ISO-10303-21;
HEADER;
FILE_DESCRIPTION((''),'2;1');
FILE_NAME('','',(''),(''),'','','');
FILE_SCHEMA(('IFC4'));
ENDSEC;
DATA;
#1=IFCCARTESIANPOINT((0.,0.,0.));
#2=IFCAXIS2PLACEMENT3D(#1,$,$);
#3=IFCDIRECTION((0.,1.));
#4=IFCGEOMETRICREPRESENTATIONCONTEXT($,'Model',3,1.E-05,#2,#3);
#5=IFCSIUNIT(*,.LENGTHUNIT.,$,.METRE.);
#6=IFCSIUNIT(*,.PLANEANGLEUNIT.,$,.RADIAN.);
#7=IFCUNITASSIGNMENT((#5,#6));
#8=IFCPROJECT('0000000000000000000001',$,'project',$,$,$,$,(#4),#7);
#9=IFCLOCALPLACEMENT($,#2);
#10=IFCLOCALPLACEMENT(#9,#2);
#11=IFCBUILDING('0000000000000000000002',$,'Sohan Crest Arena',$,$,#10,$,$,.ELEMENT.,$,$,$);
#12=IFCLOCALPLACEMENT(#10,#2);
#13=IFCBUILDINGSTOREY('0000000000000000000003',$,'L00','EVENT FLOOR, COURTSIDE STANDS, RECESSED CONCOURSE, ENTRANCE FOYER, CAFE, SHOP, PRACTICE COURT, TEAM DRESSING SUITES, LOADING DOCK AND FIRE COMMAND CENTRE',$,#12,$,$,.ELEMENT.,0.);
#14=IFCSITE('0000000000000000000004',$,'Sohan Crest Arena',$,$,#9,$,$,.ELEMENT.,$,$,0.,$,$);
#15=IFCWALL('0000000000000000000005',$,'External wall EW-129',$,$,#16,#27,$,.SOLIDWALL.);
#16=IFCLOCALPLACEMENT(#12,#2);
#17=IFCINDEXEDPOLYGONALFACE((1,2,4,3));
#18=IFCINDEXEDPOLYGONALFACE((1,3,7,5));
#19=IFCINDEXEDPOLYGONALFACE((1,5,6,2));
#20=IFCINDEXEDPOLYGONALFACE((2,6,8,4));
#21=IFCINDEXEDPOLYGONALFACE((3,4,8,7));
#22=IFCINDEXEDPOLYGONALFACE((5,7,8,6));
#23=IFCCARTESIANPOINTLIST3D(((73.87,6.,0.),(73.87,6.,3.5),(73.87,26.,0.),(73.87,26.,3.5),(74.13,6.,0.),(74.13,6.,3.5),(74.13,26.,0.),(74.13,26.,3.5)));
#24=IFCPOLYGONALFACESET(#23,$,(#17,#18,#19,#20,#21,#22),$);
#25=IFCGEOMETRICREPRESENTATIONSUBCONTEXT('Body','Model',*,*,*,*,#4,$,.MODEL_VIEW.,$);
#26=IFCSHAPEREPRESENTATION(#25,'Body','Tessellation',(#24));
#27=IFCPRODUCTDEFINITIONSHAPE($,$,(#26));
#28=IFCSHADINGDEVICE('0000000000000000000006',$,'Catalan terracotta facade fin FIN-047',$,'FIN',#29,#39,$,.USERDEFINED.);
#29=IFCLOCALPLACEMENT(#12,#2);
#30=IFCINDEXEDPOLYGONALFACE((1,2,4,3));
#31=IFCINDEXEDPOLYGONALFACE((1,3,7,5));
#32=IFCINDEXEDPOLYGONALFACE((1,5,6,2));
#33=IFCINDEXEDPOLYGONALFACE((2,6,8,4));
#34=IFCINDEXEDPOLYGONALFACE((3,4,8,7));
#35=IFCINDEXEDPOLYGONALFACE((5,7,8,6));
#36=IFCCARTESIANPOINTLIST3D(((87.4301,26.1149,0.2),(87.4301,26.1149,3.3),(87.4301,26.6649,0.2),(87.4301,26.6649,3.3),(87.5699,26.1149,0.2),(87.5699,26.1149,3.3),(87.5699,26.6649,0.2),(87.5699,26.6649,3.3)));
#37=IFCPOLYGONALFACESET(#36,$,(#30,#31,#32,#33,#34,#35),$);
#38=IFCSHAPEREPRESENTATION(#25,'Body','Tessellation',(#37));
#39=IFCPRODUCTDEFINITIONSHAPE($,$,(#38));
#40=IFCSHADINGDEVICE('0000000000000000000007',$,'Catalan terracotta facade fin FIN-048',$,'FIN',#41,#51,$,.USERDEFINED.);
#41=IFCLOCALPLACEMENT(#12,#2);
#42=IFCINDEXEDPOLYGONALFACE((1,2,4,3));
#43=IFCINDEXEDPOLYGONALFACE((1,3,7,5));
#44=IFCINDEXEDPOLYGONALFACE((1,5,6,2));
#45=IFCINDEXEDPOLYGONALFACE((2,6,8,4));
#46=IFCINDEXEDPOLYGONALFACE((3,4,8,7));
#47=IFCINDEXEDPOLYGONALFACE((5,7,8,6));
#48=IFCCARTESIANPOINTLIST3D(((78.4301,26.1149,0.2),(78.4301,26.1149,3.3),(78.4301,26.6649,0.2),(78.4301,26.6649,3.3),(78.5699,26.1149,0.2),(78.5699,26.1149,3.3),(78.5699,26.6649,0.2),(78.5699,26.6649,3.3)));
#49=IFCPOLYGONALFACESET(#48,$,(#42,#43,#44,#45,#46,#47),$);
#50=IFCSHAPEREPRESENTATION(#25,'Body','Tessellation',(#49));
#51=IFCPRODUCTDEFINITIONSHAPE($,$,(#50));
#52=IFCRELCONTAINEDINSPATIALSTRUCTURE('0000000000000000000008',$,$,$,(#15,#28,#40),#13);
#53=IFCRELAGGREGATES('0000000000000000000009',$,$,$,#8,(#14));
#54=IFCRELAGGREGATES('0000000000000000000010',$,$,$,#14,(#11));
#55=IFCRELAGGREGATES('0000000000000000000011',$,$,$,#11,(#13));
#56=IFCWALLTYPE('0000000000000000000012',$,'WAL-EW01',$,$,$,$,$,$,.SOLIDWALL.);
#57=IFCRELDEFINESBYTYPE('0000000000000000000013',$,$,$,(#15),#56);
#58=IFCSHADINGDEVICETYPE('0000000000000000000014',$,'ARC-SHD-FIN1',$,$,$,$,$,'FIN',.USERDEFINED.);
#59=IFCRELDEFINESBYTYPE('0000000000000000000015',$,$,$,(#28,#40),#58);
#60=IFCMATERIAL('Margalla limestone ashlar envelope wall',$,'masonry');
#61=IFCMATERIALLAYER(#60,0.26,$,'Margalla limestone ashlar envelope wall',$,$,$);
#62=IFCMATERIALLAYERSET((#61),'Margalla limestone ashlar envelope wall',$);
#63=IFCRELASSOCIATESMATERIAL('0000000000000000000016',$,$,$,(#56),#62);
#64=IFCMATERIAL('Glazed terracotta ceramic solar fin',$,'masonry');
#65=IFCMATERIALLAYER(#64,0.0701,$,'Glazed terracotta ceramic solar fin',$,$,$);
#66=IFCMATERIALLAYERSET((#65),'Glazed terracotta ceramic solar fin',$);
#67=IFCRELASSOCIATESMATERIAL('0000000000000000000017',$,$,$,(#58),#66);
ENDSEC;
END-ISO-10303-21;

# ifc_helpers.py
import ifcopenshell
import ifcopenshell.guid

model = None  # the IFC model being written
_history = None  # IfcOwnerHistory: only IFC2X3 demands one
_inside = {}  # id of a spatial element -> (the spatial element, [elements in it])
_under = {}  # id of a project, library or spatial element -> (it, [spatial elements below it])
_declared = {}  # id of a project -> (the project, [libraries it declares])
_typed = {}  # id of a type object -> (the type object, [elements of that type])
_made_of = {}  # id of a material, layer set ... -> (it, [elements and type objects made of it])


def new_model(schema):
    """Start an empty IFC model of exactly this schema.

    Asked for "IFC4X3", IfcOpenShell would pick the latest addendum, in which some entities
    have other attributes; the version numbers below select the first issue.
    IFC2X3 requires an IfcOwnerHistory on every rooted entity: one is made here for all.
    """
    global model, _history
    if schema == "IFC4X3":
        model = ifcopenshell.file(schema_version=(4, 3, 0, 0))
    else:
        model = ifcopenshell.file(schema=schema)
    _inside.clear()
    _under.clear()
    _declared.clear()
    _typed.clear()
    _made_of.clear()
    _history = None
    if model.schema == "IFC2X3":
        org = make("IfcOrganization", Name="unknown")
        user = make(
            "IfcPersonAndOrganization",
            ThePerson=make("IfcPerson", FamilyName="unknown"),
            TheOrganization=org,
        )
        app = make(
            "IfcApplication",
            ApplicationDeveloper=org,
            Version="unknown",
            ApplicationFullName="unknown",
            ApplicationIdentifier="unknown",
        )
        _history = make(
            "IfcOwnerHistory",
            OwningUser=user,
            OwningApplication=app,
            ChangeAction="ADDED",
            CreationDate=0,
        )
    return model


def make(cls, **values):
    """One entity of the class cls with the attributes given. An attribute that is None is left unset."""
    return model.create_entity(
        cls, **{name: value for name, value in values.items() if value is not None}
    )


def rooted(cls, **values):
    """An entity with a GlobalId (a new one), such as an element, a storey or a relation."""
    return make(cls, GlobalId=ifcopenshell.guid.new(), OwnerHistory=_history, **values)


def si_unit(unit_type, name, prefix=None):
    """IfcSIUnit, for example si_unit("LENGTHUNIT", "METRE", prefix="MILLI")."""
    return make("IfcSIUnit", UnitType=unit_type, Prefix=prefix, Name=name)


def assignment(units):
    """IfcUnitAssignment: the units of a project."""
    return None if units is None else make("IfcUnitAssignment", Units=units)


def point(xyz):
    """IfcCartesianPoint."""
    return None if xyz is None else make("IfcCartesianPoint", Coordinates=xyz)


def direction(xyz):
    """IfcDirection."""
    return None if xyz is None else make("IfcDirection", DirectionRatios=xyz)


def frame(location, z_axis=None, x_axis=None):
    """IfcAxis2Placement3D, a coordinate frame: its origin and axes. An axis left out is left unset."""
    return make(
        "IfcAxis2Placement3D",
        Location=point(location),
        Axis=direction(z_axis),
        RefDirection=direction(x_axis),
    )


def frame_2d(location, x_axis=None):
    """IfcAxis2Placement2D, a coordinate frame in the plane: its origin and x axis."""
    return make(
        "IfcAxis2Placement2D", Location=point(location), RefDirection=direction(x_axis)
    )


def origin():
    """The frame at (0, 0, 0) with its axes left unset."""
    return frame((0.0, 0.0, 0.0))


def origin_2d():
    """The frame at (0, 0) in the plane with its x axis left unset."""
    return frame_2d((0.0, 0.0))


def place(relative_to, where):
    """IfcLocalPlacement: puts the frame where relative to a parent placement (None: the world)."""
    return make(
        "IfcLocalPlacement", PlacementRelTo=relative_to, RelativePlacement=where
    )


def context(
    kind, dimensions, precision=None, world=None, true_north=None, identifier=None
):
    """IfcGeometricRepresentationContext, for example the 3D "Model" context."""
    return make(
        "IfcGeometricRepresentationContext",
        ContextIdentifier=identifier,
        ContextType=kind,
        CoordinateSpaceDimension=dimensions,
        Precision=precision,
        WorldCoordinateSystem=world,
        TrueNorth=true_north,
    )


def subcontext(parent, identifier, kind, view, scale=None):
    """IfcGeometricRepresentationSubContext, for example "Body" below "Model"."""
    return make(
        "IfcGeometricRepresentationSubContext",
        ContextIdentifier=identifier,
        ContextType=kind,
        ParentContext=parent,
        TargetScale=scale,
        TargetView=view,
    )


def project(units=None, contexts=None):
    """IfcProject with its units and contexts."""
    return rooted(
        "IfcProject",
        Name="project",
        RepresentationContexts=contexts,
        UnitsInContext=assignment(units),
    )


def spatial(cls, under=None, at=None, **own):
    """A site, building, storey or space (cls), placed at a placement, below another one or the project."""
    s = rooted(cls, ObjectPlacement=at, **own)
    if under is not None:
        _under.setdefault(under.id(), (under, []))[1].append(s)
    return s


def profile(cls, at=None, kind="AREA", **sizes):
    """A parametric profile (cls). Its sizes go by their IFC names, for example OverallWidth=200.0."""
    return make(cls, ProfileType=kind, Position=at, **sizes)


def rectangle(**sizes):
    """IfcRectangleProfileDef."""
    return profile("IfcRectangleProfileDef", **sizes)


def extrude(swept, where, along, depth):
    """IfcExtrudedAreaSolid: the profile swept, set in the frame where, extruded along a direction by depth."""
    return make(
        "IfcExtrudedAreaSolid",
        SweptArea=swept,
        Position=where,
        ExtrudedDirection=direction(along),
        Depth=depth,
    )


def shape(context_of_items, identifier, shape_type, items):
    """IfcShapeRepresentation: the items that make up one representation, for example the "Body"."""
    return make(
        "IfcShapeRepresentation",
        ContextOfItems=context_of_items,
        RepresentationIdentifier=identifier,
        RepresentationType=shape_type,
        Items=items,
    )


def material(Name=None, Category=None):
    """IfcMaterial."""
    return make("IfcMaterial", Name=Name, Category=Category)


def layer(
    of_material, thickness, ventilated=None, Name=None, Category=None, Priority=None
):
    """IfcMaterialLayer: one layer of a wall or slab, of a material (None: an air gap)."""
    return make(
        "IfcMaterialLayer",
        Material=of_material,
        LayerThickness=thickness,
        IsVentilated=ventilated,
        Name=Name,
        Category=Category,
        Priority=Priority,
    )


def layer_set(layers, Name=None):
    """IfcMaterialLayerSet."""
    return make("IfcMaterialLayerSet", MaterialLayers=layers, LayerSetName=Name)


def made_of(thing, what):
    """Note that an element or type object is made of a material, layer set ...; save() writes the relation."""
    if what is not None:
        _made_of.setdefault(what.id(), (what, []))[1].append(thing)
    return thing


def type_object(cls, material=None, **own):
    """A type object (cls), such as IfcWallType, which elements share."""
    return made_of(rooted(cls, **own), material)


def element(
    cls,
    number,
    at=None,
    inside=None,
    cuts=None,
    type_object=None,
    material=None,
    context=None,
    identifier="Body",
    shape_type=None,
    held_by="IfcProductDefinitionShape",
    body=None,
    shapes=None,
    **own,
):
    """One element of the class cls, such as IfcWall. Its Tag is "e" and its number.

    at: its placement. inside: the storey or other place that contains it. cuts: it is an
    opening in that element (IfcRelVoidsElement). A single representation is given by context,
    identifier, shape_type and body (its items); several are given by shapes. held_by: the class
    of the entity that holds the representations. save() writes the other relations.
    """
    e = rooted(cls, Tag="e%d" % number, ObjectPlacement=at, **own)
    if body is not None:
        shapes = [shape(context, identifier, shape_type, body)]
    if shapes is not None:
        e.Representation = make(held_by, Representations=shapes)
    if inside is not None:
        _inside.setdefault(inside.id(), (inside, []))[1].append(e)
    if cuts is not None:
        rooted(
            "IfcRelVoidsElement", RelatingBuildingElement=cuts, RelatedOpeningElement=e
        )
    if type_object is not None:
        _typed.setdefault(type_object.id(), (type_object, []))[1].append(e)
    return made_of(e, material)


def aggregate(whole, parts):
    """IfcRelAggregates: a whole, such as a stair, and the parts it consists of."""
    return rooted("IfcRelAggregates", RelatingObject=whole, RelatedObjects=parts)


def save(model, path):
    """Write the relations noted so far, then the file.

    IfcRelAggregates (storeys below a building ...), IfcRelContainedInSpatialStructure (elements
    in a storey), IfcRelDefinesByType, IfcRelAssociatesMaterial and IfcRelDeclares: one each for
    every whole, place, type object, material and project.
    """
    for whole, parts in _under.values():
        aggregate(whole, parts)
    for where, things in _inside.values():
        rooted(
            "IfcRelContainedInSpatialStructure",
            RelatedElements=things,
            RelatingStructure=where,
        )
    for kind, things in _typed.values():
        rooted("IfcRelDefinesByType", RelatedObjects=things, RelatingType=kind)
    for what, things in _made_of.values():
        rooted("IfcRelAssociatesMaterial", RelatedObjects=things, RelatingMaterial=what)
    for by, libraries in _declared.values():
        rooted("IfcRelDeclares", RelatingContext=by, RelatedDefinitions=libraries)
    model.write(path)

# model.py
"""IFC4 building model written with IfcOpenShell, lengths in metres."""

from ifc_helpers import new_model, si_unit, direction, frame, frame_2d, origin, origin_2d, place, context, subcontext, project, spatial, rectangle, extrude, material, layer, layer_set, type_object, element, save


model = new_model("IFC4")

# Units and contexts
model_context = context("Model", 3, precision=1e-05, world=origin(), true_north=direction((0.0, 1.0)))
body_context = subcontext(model_context, "Body", "Model", "MODEL_VIEW")
ifc_project = project(units=[si_unit("LENGTHUNIT", "METRE"), si_unit("PLANEANGLEUNIT", "RADIAN")], contexts=[model_context])

# Site, building, storey
site_placement = place(None, origin())
site = spatial("IfcSite", under=ifc_project, at=site_placement, Name="Sohan Crest Arena", CompositionType="ELEMENT", RefElevation=0.0)
building_placement = place(site_placement, origin())
building = spatial("IfcBuilding", under=site, at=building_placement, Name="Sohan Crest Arena", CompositionType="ELEMENT")
storey_placement = place(building_placement, origin())
storey = spatial("IfcBuildingStorey", under=building, at=storey_placement, Name="L00", Description="EVENT FLOOR, COURTSIDE STANDS, RECESSED CONCOURSE, ENTRANCE FOYER, CAFE, SHOP, PRACTICE COURT, TEAM DRESSING SUITES, LOADING DOCK AND FIRE COMMAND CENTRE", CompositionType="ELEMENT", Elevation=0.0)

# Wall
ifc_material_1 = material(Name="Margalla limestone ashlar envelope wall", Category="masonry")
ifc_layer_1 = layer(ifc_material_1, 0.26, Name="Margalla limestone ashlar envelope wall")
ifc_layer_set_1 = layer_set([ifc_layer_1], Name="Margalla limestone ashlar envelope wall")
wall_type = type_object("IfcWallType", Name="WAL-EW01", PredefinedType="SOLIDWALL", material=ifc_layer_set_1)
wall_placement = place(storey_placement, frame((74.0, 26.0, 0.0), z_axis=(0.0, 0.0, 1.0), x_axis=(0.0, -1.0, 0.0)))
element("IfcWall", 1, at=wall_placement, inside=storey, type_object=wall_type, Name="External wall EW-129", PredefinedType="SOLIDWALL", context=body_context, shape_type="SweptSolid", body=[
    extrude(rectangle(XDim=20.0, YDim=0.26, at=frame_2d((10.0, 0.0))), origin(), (0.0, 0.0, 1.0), 3.5),
])

# Shading devices
ifc_material_2 = material(Name="Glazed terracotta ceramic solar fin", Category="masonry")
ifc_layer_2 = layer(ifc_material_2, 0.0701, Name="Glazed terracotta ceramic solar fin")
ifc_layer_set_2 = layer_set([ifc_layer_2], Name="Glazed terracotta ceramic solar fin")
shading_device_type = type_object("IfcShadingDeviceType", Name="ARC-SHD-FIN1", ElementType="FIN", PredefinedType="USERDEFINED", material=ifc_layer_set_2)
for number, where, z_axis, x_axis, name in (
    (2, (87.5, 26.3899, 0.2), (0.0, 0.0, 1.0), (-1.0, 0.0, 0.0), "Catalan terracotta facade fin FIN-047"),
    (3, (78.5, 26.3899, 0.2), (0.0, 0.0, 1.0), (-1.0, 0.0, 0.0), "Catalan terracotta facade fin FIN-048"),
):
    element("IfcShadingDevice", number, at=place(storey_placement, frame(where, z_axis=z_axis, x_axis=x_axis)), inside=storey, type_object=shading_device_type, Name=name, ObjectType="FIN", PredefinedType="USERDEFINED", context=body_context, shape_type="SweptSolid", body=[
        extrude(rectangle(XDim=0.1399, YDim=0.55, at=origin_2d()), origin(), (0.0, 0.0, 1.0), 3.1001),
    ])

save(model, "model.ifc")
